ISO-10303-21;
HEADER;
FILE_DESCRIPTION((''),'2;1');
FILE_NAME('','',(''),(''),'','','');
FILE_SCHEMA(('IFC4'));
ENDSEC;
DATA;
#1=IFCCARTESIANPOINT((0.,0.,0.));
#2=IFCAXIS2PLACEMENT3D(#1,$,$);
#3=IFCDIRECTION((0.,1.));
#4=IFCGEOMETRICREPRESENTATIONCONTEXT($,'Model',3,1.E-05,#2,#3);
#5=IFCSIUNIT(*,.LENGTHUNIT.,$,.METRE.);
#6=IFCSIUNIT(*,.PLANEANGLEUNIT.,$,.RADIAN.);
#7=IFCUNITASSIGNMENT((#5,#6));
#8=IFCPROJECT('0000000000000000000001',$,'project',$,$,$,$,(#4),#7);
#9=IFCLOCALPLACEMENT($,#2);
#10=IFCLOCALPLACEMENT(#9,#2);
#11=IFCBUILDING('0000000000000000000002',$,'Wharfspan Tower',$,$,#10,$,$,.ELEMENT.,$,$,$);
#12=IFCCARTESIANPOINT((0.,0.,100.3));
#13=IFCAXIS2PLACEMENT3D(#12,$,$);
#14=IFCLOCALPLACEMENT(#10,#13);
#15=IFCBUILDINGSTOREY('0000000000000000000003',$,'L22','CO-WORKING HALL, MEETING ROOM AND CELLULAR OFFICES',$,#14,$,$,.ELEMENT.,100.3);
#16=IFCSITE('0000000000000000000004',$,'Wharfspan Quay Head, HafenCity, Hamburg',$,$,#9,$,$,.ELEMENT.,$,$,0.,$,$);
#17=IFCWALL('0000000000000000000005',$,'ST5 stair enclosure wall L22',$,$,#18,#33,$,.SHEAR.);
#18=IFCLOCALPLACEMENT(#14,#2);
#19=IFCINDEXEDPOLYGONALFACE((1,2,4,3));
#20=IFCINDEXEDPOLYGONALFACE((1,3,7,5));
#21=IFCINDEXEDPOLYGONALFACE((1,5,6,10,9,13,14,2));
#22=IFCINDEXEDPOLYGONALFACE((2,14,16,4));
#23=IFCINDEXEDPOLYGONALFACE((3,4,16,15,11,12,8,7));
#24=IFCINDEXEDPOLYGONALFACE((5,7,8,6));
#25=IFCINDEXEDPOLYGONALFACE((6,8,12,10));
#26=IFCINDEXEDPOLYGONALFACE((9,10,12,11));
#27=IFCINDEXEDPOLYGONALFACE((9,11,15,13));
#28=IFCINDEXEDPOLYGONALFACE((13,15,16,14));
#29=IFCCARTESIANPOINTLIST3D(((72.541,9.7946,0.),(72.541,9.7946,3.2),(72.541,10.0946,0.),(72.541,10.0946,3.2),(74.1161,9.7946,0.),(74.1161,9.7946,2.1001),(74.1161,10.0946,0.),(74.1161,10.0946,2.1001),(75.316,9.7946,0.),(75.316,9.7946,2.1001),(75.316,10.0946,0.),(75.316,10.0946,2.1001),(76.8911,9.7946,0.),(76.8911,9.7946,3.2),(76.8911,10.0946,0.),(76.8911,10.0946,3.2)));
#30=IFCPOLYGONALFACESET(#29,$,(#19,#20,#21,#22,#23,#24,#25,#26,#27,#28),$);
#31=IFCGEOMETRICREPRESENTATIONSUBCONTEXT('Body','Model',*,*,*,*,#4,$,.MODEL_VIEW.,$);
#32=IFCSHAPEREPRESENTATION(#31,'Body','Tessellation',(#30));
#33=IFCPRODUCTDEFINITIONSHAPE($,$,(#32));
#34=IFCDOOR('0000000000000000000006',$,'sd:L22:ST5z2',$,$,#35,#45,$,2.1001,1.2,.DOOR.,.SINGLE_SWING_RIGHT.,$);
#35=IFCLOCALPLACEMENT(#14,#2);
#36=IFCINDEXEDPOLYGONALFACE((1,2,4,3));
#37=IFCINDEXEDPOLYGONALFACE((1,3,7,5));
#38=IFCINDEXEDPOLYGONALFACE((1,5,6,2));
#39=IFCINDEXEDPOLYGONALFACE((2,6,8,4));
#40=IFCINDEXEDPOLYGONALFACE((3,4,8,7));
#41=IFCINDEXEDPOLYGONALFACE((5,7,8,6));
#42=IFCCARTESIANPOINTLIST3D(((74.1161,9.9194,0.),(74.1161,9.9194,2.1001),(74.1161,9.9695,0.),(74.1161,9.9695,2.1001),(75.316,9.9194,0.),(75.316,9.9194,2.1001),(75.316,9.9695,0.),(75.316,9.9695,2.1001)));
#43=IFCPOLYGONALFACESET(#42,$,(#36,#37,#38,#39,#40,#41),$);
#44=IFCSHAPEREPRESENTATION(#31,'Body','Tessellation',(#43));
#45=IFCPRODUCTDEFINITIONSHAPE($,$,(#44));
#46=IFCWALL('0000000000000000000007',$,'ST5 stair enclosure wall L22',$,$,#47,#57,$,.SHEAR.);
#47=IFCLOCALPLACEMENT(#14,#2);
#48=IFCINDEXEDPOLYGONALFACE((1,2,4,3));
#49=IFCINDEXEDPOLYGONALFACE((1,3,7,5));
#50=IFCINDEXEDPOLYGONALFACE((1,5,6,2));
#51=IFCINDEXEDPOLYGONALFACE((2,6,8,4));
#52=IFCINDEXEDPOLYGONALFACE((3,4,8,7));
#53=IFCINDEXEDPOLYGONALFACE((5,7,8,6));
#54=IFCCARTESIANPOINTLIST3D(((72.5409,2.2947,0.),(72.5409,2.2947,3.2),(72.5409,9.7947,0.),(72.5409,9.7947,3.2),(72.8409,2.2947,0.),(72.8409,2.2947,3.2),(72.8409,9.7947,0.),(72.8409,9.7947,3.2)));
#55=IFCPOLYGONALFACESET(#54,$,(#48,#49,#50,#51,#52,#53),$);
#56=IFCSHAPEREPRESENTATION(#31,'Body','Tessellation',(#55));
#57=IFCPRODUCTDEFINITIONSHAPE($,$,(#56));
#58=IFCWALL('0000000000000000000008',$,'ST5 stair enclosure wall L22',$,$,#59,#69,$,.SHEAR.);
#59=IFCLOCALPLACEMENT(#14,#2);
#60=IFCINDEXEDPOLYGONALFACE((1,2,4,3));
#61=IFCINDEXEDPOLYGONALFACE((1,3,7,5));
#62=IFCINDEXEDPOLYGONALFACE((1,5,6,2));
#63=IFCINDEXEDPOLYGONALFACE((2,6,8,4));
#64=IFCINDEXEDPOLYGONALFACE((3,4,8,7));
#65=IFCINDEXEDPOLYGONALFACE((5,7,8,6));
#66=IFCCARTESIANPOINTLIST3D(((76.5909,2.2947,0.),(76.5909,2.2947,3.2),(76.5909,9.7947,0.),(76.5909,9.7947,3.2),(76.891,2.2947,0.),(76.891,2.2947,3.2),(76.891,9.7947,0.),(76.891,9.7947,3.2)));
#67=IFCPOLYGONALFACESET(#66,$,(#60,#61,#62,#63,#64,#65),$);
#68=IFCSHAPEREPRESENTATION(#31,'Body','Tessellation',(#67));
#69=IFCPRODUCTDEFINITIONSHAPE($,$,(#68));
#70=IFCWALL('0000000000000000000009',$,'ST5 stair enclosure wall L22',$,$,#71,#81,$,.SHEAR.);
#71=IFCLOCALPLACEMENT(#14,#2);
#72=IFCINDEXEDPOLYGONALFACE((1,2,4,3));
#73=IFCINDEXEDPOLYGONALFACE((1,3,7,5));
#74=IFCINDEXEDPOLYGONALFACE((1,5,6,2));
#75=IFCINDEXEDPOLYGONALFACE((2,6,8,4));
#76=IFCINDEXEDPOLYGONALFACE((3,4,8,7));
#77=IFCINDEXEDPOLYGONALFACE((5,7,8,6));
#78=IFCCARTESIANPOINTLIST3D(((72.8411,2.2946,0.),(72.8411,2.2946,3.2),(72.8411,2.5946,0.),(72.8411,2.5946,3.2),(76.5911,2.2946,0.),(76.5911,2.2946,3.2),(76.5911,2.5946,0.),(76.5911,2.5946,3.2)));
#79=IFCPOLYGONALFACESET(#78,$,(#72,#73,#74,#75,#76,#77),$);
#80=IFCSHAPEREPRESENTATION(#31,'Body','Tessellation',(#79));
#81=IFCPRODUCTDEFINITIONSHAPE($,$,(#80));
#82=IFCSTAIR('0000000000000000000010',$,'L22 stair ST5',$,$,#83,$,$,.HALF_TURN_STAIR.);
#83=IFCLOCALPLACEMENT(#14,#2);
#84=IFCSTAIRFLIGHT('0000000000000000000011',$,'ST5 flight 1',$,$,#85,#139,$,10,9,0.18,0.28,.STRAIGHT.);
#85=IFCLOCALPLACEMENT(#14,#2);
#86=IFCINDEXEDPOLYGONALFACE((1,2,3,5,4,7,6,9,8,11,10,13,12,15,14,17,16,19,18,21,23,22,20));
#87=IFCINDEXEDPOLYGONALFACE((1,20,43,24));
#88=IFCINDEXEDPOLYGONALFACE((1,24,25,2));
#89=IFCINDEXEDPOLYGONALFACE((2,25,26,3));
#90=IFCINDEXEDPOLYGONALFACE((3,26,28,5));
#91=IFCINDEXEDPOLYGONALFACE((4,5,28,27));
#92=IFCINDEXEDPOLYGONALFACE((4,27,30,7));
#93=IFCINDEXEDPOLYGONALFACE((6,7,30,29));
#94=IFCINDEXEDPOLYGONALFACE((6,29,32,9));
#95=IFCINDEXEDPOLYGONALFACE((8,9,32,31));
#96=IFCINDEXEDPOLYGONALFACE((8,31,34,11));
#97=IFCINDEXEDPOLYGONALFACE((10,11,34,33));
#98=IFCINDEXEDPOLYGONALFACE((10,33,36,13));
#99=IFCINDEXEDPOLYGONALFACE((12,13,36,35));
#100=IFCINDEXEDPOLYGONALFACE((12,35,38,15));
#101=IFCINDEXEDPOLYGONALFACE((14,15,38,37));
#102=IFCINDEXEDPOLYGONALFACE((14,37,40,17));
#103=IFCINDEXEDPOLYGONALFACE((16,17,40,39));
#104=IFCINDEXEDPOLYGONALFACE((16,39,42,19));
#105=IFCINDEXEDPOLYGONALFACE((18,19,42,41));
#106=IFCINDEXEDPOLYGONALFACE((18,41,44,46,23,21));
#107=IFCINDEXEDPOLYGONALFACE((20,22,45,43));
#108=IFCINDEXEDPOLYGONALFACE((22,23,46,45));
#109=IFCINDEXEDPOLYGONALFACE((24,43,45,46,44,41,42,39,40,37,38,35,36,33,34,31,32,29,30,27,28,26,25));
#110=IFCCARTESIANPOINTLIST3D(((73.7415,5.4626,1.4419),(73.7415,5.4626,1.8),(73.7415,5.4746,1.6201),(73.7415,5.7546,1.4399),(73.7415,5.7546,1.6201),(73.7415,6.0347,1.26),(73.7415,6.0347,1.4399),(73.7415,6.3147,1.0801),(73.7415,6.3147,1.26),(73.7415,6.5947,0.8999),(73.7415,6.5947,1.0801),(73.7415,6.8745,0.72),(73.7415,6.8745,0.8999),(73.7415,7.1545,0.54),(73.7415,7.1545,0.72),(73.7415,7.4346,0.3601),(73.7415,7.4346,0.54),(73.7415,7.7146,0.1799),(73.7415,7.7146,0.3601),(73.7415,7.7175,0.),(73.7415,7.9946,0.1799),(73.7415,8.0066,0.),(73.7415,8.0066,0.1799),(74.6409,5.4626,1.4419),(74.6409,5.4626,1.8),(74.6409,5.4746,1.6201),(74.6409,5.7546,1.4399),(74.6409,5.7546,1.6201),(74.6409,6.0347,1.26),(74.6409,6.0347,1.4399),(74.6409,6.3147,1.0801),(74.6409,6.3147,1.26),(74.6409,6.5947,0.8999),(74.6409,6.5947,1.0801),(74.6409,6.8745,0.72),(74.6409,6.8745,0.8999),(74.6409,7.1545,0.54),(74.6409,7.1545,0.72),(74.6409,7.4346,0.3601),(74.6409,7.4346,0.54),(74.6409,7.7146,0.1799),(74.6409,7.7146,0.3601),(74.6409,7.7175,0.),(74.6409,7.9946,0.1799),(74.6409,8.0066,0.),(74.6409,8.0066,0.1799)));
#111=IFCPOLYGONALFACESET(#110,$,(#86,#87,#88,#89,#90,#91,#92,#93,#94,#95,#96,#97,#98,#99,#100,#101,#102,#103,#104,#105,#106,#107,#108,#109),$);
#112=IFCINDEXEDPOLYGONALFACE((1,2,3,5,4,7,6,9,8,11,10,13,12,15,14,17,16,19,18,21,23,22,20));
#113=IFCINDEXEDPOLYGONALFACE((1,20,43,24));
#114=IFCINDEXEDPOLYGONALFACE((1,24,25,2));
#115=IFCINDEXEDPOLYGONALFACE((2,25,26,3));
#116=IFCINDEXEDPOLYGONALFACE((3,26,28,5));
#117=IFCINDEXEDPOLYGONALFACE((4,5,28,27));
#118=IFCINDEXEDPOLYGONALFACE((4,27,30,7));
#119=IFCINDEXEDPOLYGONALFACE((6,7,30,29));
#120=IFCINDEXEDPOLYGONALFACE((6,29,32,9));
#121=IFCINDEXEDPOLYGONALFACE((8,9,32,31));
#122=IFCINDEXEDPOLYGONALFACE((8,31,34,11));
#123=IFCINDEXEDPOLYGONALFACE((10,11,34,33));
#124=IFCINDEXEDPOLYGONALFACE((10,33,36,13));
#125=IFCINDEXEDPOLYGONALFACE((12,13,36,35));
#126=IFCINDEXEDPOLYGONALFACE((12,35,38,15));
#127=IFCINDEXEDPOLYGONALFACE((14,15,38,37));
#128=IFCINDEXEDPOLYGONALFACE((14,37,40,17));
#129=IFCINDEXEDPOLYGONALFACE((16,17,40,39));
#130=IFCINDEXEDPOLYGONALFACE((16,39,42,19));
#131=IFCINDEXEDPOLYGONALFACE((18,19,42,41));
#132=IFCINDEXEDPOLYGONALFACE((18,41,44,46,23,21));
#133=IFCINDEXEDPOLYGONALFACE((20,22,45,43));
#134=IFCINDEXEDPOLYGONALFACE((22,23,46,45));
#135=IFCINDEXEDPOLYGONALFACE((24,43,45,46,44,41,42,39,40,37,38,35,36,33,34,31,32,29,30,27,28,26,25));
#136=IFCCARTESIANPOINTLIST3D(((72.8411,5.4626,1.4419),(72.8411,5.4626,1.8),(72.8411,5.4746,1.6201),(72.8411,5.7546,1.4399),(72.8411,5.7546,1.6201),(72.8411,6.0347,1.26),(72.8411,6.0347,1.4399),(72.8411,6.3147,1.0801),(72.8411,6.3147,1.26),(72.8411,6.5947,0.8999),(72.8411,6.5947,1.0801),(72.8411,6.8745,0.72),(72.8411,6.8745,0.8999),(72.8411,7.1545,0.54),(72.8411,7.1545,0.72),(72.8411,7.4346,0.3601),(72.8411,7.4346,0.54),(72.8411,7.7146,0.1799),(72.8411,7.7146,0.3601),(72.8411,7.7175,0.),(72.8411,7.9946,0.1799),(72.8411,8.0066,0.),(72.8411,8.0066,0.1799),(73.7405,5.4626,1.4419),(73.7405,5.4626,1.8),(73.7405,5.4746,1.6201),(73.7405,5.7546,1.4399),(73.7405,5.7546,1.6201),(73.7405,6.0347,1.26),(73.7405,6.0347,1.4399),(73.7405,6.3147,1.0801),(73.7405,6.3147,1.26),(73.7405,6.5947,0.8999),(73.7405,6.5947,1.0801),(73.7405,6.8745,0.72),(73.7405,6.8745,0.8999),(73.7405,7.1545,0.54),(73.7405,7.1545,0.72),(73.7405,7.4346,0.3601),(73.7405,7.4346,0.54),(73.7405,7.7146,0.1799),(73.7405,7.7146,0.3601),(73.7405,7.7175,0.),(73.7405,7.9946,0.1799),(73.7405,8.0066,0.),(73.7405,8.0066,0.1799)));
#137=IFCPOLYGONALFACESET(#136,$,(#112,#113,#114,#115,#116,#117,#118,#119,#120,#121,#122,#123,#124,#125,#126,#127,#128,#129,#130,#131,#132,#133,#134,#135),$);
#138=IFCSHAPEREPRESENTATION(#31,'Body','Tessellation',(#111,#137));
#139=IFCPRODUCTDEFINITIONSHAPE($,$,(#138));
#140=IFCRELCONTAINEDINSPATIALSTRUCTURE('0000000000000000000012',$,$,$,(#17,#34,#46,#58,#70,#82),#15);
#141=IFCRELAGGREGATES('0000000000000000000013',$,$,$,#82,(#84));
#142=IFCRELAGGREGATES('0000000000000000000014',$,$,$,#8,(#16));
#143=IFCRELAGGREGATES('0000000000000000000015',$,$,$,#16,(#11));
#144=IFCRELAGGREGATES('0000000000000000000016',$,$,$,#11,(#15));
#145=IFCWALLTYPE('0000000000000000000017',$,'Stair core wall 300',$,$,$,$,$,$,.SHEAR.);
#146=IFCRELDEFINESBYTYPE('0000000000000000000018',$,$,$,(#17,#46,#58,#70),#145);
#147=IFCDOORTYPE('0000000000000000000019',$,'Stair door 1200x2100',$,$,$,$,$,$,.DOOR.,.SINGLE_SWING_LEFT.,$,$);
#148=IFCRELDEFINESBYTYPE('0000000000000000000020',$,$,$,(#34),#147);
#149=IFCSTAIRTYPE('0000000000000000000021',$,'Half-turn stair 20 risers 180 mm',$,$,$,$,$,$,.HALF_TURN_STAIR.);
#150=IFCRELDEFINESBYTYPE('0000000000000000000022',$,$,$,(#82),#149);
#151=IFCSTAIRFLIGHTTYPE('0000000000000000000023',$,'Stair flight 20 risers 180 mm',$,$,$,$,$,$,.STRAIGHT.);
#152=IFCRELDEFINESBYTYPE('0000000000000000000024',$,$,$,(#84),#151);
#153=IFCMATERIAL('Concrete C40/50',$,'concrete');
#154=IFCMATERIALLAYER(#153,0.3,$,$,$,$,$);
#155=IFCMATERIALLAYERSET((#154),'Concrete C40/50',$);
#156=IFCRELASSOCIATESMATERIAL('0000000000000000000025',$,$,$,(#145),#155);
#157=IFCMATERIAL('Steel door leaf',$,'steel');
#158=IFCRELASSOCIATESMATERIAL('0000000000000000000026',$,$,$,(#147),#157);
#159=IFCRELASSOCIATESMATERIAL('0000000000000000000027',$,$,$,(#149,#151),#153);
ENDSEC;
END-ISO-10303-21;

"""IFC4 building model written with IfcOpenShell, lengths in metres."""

from ifc_helpers import new_model, si_unit, direction, frame, frame_2d, origin, place, context, subcontext, project, spatial, polyline, rectangle, outline, extrude, material, layer, layer_set, type_object, element, fill, aggregate, save


model = new_model("IFC4")

# Units and contexts
model_context = context("Model", 3, precision=1e-05, world=origin(), true_north=direction((0.0, 1.0)))
body_context = subcontext(model_context, "Body", "Model", "MODEL_VIEW")
ifc_project = project(units=[si_unit("LENGTHUNIT", "METRE"), si_unit("PLANEANGLEUNIT", "RADIAN")], contexts=[model_context])

# Site, building, storey
site_placement = place(None, origin())
site = spatial("IfcSite", under=ifc_project, at=site_placement, Name="Wharfspan Quay Head, HafenCity, Hamburg", CompositionType="ELEMENT", RefElevation=0.0)
building_placement = place(site_placement, origin())
building = spatial("IfcBuilding", under=site, at=building_placement, Name="Wharfspan Tower", CompositionType="ELEMENT")
storey_placement = place(building_placement, frame((0.0, 0.0, 100.3)))
storey = spatial("IfcBuildingStorey", under=building, at=storey_placement, Name="L22", Description="CO-WORKING HALL, MEETING ROOM AND CELLULAR OFFICES", CompositionType="ELEMENT", Elevation=100.3)

# Wall, opening, door
ifc_material_1 = material(Name="Concrete C40/50", Category="concrete")
ifc_layer_1 = layer(ifc_material_1, 0.3)
ifc_layer_set_1 = layer_set([ifc_layer_1], Name="Concrete C40/50")
wall_type_1 = type_object("IfcWallType", Name="Stair core wall 300", PredefinedType="SHEAR", material=ifc_layer_set_1)
wall_1_placement = place(storey_placement, frame((72.541, 9.9446, 0.0), z_axis=(0.0, 0.0, 1.0), x_axis=(1.0, 0.0, 0.0)))
wall_1 = element("IfcWall", 1, at=wall_1_placement, inside=storey, type_object=wall_type_1, Name="ST5 stair enclosure wall L22", PredefinedType="SHEAR", context=body_context, shape_type="SweptSolid", body=[
    extrude(rectangle(XDim=4.3501, YDim=0.3, at=frame_2d((2.175, 0.0))), origin(), (0.0, 0.0, 1.0), 3.2),
])
opening_placement = place(wall_1_placement, frame((1.575, 0.0, 0.0)))
opening = element("IfcOpeningElement", 2, at=opening_placement, cuts=wall_1, PredefinedType="OPENING", context=body_context, shape_type="SweptSolid", body=[
    extrude(rectangle(XDim=1.2, YDim=2.1001, at=frame_2d((0.6001, 1.05))), frame((0.0, 0.1599, 0.0), z_axis=(0.0, -1.0, 0.0), x_axis=(1.0, 0.0, 0.0)), (0.0, 0.0, 1.0), 0.3201),
])
ifc_material_2 = material(Name="Steel door leaf", Category="steel")
door_type = type_object("IfcDoorType", Name="Stair door 1200x2100", OperationType="SINGLE_SWING_LEFT", PredefinedType="DOOR", material=ifc_material_2)
door_placement = place(opening_placement, origin())
door = element("IfcDoor", 3, at=door_placement, inside=storey, type_object=door_type, Name="sd:L22:ST5z2", OperationType="SINGLE_SWING_RIGHT", OverallHeight=2.1001, OverallWidth=1.2, PredefinedType="DOOR", context=body_context, shape_type="SweptSolid", body=[
    extrude(rectangle(XDim=1.2, YDim=2.1001, at=frame_2d((0.6001, 1.05))), frame((0.0, 0.0249, 0.0), z_axis=(0.0, -1.0, 0.0), x_axis=(1.0, 0.0, 0.0)), (0.0, 0.0, 1.0), 0.05),
])
fill(opening, door)

# Walls
for number, where, z_axis, x_axis, name in (
    (4, (72.6909, 2.2947, 0.0), (0.0, 0.0, 1.0), (0.0, 1.0, 0.0), "ST5 stair enclosure wall L22"),
    (5, (76.741, 2.2947, 0.0), (0.0, 0.0, 1.0), (0.0, 1.0, 0.0), "ST5 stair enclosure wall L22"),
):
    element("IfcWall", number, at=place(storey_placement, frame(where, z_axis=z_axis, x_axis=x_axis)), inside=storey, type_object=wall_type_1, Name=name, PredefinedType="SHEAR", context=body_context, shape_type="SweptSolid", body=[
        extrude(rectangle(XDim=7.5, YDim=0.3, at=frame_2d((3.75, 0.0))), origin(), (0.0, 0.0, 1.0), 3.2),
    ])
wall_2_placement = place(storey_placement, frame((72.8411, 2.4446, 0.0), z_axis=(0.0, 0.0, 1.0), x_axis=(1.0, 0.0, 0.0)))
element("IfcWall", 6, at=wall_2_placement, inside=storey, type_object=wall_type_1, Name="ST5 stair enclosure wall L22", PredefinedType="SHEAR", context=body_context, shape_type="SweptSolid", body=[
    extrude(rectangle(XDim=3.75, YDim=0.3, at=frame_2d((1.875, 0.0))), origin(), (0.0, 0.0, 1.0), 3.2),
])

# Stair, stair flight
stair_type = type_object("IfcStairType", Name="Half-turn stair 20 risers 180 mm", PredefinedType="HALF_TURN_STAIR", material=ifc_material_1)
stair_placement = place(storey_placement, origin())
stair = element("IfcStair", 7, at=stair_placement, inside=storey, type_object=stair_type, Name="L22 stair ST5", PredefinedType="HALF_TURN_STAIR")
stair_flight_type = type_object("IfcStairFlightType", Name="Stair flight 20 risers 180 mm", PredefinedType="STRAIGHT", material=ifc_material_1)
stair_flight_1_placement = place(storey_placement, frame((73.741, 7.9946, 0.0), z_axis=(0.0, 0.0, 1.0), x_axis=(0.0, -1.0, 0.0)))
stair_flight_1 = element("IfcStairFlight", 8, at=stair_flight_1_placement, type_object=stair_flight_type, Name="ST5 flight 1", NumberOfRisers=10, NumberOfTreads=9, PredefinedType="STRAIGHT", RiserHeight=0.18, TreadLength=0.28, context=body_context, shape_type="SweptSolid", body=[
    extrude(outline(polyline([(-0.012, 0.0), (-0.012, 0.1799), (0.0, 0.1799), (0.28, 0.1799), (0.28, 0.3601), (0.5601, 0.3601), (0.5601, 0.54), (0.8401, 0.54), (0.8401, 0.72), (1.1201, 0.72), (1.1201, 0.8999), (1.3999, 0.8999), (1.3999, 1.0801), (1.6799, 1.0801), (1.6799, 1.26), (1.96, 1.26), (1.96, 1.4399), (2.24, 1.4399), (2.24, 1.6201), (2.52, 1.6201), (2.532, 1.8), (2.532, 1.4419), (0.2771, 0.0), (-0.012, 0.0)])), frame((0.0, 0.8999, 0.0), z_axis=(0.0, -1.0, 0.0), x_axis=(1.0, 0.0, 0.0)), (0.0, 0.0, 1.0), 0.8994),
    extrude(outline(polyline([(-0.012, 0.0), (-0.012, 0.1799), (0.0, 0.1799), (0.28, 0.1799), (0.28, 0.3601), (0.5601, 0.3601), (0.5601, 0.54), (0.8401, 0.54), (0.8401, 0.72), (1.1201, 0.72), (1.1201, 0.8999), (1.3999, 0.8999), (1.3999, 1.0801), (1.6799, 1.0801), (1.6799, 1.26), (1.96, 1.26), (1.96, 1.4399), (2.24, 1.4399), (2.24, 1.6201), (2.52, 1.6201), (2.532, 1.8), (2.532, 1.4419), (0.2771, 0.0), (-0.012, 0.0)])), frame((0.0, -0.0005, 0.0), z_axis=(0.0, -1.0, 0.0), x_axis=(1.0, 0.0, 0.0)), (0.0, 0.0, 1.0), 0.8994),
])
aggregate(stair, [stair_flight_1])

save(model, "model.ifc")
